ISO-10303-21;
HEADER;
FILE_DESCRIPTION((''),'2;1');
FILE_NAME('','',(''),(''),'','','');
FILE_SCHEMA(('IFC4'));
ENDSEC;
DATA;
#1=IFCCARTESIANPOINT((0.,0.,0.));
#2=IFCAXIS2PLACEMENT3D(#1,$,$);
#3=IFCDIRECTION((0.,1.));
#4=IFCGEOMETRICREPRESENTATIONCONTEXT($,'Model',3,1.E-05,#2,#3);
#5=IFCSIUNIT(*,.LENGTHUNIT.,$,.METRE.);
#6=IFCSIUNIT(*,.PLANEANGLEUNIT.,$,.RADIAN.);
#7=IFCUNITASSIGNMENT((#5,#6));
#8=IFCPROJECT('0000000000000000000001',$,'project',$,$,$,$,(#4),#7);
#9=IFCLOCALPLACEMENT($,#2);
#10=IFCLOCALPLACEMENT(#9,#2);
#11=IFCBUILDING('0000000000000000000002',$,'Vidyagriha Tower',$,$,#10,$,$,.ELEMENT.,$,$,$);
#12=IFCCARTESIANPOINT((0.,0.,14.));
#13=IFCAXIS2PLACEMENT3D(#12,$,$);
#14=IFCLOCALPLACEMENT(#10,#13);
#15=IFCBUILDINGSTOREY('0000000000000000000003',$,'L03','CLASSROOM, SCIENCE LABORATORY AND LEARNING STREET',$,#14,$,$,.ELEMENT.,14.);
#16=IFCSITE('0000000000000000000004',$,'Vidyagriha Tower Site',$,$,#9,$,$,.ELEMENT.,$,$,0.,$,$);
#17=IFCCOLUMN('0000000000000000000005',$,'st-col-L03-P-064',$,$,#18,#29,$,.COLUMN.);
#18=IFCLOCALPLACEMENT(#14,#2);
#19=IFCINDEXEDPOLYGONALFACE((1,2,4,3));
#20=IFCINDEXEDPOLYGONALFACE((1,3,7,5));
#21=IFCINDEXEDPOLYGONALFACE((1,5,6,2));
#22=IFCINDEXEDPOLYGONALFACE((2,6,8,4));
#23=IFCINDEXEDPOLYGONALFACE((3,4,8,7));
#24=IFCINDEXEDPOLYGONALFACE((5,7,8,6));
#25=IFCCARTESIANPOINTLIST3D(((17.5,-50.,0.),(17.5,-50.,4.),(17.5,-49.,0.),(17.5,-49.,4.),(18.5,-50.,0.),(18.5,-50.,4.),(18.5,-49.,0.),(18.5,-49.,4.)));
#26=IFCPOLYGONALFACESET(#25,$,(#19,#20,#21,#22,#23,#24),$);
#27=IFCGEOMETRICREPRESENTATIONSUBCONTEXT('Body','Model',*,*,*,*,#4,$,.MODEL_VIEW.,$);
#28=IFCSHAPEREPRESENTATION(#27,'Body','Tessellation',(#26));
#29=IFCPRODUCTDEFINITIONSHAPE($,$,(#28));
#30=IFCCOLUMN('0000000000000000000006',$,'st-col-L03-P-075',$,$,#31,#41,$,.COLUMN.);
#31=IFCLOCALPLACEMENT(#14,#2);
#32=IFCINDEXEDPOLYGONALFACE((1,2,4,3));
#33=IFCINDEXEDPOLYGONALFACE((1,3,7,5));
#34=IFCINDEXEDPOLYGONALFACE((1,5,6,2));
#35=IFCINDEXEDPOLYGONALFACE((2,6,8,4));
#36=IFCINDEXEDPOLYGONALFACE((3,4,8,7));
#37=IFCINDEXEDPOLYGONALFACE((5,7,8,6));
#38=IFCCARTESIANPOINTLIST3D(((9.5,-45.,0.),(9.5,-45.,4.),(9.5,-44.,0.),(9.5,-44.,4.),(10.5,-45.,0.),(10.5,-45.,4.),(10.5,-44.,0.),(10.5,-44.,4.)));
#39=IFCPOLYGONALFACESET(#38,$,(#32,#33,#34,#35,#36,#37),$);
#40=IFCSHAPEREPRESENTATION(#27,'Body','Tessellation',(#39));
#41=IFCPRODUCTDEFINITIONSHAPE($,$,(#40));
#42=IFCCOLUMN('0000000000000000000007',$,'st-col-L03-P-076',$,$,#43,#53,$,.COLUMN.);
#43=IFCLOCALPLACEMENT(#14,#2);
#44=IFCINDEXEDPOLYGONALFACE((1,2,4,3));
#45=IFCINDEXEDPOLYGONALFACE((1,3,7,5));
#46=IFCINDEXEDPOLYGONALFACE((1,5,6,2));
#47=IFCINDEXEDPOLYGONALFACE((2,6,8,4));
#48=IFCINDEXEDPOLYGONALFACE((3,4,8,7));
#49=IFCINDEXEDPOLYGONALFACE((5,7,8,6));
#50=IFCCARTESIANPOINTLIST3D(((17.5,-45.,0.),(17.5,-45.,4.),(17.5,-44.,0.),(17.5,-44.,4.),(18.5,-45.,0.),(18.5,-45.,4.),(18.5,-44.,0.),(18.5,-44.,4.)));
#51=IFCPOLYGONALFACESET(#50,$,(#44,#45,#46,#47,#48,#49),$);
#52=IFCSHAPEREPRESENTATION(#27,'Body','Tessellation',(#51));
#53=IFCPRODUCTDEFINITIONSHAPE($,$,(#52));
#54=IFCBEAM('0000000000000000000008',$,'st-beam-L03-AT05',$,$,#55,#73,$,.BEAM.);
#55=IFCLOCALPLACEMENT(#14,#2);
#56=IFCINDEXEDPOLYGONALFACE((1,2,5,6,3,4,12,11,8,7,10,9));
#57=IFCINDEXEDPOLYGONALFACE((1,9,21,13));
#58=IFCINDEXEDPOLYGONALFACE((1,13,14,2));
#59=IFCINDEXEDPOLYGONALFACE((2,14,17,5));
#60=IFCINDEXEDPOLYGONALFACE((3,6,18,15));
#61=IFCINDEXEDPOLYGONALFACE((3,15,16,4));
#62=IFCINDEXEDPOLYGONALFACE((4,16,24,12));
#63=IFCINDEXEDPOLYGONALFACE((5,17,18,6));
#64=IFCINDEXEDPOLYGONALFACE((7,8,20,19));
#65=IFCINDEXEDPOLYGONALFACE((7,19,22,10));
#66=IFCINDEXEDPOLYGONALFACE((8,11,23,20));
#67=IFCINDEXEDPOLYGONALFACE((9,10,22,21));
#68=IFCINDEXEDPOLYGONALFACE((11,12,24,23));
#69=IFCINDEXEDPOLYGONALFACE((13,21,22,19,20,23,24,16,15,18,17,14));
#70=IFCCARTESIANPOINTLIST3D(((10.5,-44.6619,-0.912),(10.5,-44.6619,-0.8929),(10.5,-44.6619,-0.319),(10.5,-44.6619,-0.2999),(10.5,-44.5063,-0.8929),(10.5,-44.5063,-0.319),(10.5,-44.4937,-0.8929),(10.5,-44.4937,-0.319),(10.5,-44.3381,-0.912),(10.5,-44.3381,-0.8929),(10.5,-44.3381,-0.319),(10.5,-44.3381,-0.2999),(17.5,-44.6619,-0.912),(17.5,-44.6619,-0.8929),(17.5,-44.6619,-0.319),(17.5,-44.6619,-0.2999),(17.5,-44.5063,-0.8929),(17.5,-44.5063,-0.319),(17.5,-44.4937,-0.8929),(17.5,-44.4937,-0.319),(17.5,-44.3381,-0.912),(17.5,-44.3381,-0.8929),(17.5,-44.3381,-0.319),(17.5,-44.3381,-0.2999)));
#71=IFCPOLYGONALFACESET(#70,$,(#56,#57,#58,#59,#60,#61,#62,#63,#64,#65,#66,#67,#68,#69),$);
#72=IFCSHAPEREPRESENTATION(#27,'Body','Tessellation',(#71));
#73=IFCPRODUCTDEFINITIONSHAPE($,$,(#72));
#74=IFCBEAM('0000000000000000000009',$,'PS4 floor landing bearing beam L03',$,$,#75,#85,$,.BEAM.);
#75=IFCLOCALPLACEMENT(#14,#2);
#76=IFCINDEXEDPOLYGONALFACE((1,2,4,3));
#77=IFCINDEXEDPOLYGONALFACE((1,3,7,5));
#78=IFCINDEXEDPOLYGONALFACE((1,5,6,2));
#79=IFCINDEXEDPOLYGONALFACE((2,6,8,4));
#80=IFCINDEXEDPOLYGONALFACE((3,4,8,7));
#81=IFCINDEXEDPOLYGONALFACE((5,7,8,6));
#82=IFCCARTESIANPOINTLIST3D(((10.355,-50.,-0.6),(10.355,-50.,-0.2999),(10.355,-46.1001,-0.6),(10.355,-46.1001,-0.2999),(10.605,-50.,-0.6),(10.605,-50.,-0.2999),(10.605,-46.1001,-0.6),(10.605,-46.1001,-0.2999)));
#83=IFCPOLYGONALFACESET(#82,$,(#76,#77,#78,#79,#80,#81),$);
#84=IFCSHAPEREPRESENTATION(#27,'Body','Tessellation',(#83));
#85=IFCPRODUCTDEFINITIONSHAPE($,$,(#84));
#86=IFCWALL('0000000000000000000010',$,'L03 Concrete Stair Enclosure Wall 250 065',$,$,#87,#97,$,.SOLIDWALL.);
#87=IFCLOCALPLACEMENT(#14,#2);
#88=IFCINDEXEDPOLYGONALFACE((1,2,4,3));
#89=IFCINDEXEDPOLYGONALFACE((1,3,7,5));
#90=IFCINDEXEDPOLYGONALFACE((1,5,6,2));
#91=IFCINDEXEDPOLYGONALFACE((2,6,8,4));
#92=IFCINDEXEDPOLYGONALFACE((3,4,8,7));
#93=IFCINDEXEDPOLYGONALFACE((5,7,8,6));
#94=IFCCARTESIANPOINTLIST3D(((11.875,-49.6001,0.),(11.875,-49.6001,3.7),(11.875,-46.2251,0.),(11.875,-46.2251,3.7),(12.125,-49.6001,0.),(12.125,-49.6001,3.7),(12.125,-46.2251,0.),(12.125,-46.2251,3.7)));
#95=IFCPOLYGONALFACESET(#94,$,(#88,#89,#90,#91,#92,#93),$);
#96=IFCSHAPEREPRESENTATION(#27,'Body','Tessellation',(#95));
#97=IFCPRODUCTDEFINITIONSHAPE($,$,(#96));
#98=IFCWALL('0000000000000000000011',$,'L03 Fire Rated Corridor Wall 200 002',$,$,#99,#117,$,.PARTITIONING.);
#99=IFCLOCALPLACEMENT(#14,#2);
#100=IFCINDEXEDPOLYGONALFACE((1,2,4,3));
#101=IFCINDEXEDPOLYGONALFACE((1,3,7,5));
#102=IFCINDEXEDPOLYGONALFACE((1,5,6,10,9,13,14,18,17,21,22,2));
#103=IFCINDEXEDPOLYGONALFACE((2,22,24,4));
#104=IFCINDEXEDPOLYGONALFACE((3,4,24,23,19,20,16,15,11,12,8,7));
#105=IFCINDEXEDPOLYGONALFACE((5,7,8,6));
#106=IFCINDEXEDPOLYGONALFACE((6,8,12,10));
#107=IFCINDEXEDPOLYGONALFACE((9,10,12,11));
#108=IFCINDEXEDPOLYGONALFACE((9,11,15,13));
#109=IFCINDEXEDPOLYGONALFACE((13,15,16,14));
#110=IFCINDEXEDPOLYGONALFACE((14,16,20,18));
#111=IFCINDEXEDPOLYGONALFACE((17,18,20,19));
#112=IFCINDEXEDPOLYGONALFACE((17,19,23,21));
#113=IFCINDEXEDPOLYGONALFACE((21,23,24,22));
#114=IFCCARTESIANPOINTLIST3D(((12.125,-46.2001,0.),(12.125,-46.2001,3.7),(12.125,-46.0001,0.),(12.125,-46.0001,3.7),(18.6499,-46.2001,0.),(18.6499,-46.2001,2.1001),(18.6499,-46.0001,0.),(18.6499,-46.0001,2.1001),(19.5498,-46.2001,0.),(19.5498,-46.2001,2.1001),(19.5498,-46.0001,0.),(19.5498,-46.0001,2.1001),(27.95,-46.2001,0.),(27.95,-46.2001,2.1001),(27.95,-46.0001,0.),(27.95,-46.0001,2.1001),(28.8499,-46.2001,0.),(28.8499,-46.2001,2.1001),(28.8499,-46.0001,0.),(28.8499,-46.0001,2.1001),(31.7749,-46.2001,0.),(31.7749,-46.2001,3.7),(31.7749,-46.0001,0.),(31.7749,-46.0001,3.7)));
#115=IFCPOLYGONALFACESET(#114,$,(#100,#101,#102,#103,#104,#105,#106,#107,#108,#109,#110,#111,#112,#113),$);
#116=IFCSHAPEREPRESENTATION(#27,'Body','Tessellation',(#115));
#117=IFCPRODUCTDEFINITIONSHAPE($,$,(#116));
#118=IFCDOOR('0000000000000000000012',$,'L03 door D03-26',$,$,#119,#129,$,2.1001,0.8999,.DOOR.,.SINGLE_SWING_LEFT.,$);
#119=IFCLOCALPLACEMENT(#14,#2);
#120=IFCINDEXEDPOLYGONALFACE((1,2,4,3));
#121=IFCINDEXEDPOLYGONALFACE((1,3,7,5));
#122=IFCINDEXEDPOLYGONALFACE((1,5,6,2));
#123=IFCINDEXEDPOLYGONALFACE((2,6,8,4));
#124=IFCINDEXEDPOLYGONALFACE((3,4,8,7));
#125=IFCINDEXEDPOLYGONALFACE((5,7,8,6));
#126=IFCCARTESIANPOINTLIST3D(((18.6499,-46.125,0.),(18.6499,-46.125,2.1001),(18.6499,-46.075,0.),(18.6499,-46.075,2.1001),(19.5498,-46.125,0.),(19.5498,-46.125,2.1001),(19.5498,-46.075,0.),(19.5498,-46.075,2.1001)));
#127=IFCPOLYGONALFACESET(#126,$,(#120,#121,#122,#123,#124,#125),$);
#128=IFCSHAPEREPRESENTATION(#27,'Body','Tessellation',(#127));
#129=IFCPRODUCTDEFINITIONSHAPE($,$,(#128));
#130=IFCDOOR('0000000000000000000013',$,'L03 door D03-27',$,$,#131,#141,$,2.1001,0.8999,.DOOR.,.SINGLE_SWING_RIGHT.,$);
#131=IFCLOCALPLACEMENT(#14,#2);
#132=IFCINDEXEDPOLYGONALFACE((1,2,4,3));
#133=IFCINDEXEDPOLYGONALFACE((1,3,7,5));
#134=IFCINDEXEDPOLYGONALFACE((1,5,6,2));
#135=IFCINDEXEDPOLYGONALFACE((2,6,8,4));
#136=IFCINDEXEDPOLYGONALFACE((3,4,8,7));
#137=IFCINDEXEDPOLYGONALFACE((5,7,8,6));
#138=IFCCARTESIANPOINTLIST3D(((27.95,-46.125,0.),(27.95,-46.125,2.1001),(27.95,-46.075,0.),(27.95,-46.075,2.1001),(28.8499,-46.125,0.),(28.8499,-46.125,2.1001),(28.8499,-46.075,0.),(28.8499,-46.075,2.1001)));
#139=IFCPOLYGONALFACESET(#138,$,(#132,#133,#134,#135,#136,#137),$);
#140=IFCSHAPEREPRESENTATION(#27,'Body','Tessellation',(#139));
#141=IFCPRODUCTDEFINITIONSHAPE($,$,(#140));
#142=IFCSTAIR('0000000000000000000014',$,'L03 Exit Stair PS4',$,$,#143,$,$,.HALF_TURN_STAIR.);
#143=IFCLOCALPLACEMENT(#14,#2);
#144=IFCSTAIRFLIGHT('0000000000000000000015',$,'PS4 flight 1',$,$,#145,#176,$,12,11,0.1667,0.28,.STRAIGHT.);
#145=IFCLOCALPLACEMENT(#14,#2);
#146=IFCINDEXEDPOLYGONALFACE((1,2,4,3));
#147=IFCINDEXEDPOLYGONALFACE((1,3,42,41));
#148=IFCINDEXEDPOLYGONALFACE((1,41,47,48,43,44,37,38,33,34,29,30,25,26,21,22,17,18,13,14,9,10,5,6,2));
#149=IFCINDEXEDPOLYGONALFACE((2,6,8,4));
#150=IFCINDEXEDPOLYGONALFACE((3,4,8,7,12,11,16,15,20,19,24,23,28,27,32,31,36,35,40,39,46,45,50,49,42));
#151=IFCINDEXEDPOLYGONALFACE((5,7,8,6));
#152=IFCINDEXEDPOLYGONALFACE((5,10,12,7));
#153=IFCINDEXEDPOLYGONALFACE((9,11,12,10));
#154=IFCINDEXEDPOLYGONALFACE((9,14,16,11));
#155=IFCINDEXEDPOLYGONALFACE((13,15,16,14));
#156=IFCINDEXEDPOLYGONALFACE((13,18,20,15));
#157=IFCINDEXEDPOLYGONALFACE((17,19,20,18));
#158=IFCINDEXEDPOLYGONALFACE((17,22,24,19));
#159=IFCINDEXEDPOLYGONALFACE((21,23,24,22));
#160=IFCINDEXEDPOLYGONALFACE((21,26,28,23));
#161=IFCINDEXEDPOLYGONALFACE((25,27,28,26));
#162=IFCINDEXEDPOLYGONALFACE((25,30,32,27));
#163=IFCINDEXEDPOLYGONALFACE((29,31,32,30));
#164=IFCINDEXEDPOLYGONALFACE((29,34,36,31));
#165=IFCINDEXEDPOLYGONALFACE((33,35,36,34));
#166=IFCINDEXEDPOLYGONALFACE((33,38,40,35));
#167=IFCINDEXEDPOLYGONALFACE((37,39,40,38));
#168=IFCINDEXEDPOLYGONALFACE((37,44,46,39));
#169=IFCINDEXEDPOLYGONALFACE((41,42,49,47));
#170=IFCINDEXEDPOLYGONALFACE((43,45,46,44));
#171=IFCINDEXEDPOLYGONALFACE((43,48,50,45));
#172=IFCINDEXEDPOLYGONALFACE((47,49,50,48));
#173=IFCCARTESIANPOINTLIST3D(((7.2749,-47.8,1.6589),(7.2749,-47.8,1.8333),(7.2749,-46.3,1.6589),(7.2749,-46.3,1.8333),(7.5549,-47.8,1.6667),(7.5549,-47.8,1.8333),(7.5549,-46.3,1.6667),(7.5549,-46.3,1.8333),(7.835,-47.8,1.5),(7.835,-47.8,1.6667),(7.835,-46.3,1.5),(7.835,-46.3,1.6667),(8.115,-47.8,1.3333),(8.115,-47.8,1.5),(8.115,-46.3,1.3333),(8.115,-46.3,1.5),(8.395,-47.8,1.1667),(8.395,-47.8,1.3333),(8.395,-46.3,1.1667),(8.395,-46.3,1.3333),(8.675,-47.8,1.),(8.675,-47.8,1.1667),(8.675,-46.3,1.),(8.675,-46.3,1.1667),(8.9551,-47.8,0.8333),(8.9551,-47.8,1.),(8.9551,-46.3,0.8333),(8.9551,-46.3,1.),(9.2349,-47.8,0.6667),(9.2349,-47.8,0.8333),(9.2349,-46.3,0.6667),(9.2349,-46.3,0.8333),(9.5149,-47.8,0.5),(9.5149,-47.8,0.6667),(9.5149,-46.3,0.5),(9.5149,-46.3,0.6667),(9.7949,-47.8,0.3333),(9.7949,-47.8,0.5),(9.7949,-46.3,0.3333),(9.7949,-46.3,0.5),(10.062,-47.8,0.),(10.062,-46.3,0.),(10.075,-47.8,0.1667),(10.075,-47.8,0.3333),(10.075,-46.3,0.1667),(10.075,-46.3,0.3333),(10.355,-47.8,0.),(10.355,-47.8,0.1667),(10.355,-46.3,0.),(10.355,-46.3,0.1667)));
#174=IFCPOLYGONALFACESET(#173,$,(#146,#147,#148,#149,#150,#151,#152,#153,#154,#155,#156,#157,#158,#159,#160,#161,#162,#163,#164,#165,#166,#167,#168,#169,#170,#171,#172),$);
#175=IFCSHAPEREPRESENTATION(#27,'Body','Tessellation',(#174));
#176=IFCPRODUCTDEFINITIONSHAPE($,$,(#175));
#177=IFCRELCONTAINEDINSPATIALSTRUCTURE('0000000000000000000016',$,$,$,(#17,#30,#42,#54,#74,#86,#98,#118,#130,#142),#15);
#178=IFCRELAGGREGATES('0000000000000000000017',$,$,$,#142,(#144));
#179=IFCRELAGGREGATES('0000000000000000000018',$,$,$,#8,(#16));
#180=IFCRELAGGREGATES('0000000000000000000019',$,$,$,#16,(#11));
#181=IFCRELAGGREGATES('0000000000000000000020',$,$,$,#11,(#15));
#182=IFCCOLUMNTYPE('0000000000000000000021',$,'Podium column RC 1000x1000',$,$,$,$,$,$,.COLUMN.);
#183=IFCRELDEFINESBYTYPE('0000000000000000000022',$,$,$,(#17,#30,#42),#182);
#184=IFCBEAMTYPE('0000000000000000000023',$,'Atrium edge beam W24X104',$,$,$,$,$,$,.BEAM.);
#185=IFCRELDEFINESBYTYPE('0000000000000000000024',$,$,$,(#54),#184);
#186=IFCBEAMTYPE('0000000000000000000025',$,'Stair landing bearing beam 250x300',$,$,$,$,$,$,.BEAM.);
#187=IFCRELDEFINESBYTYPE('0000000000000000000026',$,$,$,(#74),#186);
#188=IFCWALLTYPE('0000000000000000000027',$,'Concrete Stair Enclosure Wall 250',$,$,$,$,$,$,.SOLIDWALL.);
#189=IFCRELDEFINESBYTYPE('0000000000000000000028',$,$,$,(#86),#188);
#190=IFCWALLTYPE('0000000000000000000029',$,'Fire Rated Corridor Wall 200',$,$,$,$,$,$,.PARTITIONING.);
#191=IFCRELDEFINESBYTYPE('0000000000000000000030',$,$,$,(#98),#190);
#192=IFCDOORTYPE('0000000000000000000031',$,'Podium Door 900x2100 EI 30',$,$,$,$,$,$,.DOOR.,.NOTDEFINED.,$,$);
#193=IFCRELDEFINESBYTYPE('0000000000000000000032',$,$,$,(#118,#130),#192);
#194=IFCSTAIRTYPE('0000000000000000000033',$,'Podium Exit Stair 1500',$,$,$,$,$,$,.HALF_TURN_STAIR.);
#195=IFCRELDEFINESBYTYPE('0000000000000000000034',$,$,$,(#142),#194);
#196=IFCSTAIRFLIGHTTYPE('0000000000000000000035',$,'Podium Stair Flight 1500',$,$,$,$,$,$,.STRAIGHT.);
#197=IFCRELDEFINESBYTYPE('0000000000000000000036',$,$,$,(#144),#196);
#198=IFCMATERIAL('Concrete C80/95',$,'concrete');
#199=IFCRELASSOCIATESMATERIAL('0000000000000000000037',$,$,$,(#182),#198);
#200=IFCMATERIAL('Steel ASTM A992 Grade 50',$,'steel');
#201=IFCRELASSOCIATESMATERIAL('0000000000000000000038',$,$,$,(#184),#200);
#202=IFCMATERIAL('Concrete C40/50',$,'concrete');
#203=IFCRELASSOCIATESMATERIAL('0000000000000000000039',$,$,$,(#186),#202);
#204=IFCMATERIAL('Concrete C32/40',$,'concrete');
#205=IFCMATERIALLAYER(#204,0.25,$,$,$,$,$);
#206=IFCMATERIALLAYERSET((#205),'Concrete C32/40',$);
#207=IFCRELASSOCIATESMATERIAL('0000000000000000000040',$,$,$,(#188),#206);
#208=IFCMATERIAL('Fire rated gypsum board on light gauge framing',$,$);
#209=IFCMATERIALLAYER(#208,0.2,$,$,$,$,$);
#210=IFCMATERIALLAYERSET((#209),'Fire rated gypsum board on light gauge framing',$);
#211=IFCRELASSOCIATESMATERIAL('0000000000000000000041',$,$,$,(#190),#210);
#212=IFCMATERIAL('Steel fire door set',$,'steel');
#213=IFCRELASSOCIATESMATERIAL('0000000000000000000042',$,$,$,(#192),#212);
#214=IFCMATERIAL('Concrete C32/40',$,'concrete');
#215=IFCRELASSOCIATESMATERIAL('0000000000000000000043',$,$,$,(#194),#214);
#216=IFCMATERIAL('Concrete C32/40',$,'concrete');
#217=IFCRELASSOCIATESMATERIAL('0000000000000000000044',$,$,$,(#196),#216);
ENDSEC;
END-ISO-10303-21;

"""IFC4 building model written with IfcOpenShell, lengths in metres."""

from ifc_helpers import new_model, si_unit, direction, frame, frame_2d, origin, origin_2d, place, context, subcontext, project, spatial, polyline, rectangle, i_section, outline, extrude, material, layer, layer_set, material_profile, profile_set, type_object, element, fill, aggregate, save


model = new_model("IFC4")

# Units and contexts
model_context = context("Model", 3, precision=1e-05, world=origin(), true_north=direction((0.0, 1.0)))
body_context = subcontext(model_context, "Body", "Model", "MODEL_VIEW")
ifc_project = project(units=[si_unit("LENGTHUNIT", "METRE"), si_unit("PLANEANGLEUNIT", "RADIAN")], contexts=[model_context])

# Site, building, storey
site_placement = place(None, origin())
site = spatial("IfcSite", under=ifc_project, at=site_placement, Name="Vidyagriha Tower Site", CompositionType="ELEMENT", RefElevation=0.0)
building_placement = place(site_placement, origin())
building = spatial("IfcBuilding", under=site, at=building_placement, Name="Vidyagriha Tower", CompositionType="ELEMENT")
storey_placement = place(building_placement, frame((0.0, 0.0, 14.0)))
storey = spatial("IfcBuildingStorey", under=building, at=storey_placement, Name="L03", Description="CLASSROOM, SCIENCE LABORATORY AND LEARNING STREET", CompositionType="ELEMENT", Elevation=14.0)

# Columns
ifc_material_1 = material(Name="Concrete C80/95", Category="concrete")
ifc_material_profile_1 = material_profile(ifc_material_1, rectangle(XDim=1.0, YDim=1.0, at=origin_2d()), Name="RC 1000x1000")
ifc_profile_set_1 = profile_set([ifc_material_profile_1], Name="Concrete C80/95")
column_type = type_object("IfcColumnType", Name="Podium column RC 1000x1000", PredefinedType="COLUMN", material=ifc_profile_set_1)
for number, where, name in (
    (1, (18.0, -49.5, 0.0), "st-col-L03-P-064"),
    (2, (10.0, -44.5, 0.0), "st-col-L03-P-075"),
    (3, (18.0, -44.5, 0.0), "st-col-L03-P-076"),
):
    element("IfcColumn", number, at=place(storey_placement, frame(where)), inside=storey, type_object=column_type, Name=name, PredefinedType="COLUMN", context=body_context, shape_type="SweptSolid", body=[
        extrude(rectangle(XDim=1.0, YDim=1.0, at=origin_2d()), origin(), (0.0, 0.0, 1.0), 4.0),
    ])

# Beams
ifc_material_2 = material(Name="Steel ASTM A992 Grade 50", Category="steel")
ifc_material_profile_2 = material_profile(ifc_material_2, i_section(OverallWidth=0.3237, OverallDepth=0.6121, WebThickness=0.0127, FlangeThickness=0.019, at=origin_2d()), Name="W24X104")
ifc_profile_set_2 = profile_set([ifc_material_profile_2], Name="Steel ASTM A992 Grade 50")
beam_type_1 = type_object("IfcBeamType", Name="Atrium edge beam W24X104", PredefinedType="BEAM", material=ifc_profile_set_2)
beam_1_placement = place(storey_placement, frame((10.5, -44.5, -0.606), z_axis=(1.0, 0.0, 0.0), x_axis=(0.0, 1.0, 0.0)))
element("IfcBeam", 4, at=beam_1_placement, inside=storey, type_object=beam_type_1, Name="st-beam-L03-AT05", PredefinedType="BEAM", context=body_context, shape_type="SweptSolid", body=[
    extrude(i_section(OverallWidth=0.3237, OverallDepth=0.6121, WebThickness=0.0127, FlangeThickness=0.019, at=origin_2d()), origin(), (0.0, 0.0, 1.0), 7.0),
])
ifc_material_3 = material(Name="Concrete C40/50", Category="concrete")
ifc_material_profile_3 = material_profile(ifc_material_3, rectangle(XDim=0.25, YDim=0.3, at=origin_2d()), Name="Stair landing bearing beam 250x300")
ifc_profile_set_3 = profile_set([ifc_material_profile_3], Name="Concrete C40/50")
beam_type_2 = type_object("IfcBeamType", Name="Stair landing bearing beam 250x300", PredefinedType="BEAM", material=ifc_profile_set_3)
beam_2_placement = place(storey_placement, frame((10.48, -50.0, -0.45), z_axis=(0.0, 1.0, 0.0), x_axis=(-1.0, 0.0, 0.0)))
element("IfcBeam", 5, at=beam_2_placement, inside=storey, type_object=beam_type_2, Name="PS4 floor landing bearing beam L03", PredefinedType="BEAM", context=body_context, shape_type="SweptSolid", body=[
    extrude(rectangle(XDim=0.25, YDim=0.3, at=origin_2d()), origin(), (0.0, 0.0, 1.0), 3.8999),
])

# Wall
ifc_material_4 = material(Name="Concrete C32/40", Category="concrete")
ifc_layer_1 = layer(ifc_material_4, 0.25)
ifc_layer_set_1 = layer_set([ifc_layer_1], Name="Concrete C32/40")
wall_type_1 = type_object("IfcWallType", Name="Concrete Stair Enclosure Wall 250", PredefinedType="SOLIDWALL", material=ifc_layer_set_1)
wall_1_placement = place(storey_placement, frame((12.0, -49.6001, 0.0), z_axis=(0.0, 0.0, 1.0), x_axis=(0.0, 1.0, 0.0)))
element("IfcWall", 6, at=wall_1_placement, inside=storey, type_object=wall_type_1, Name="L03 Concrete Stair Enclosure Wall 250 065", PredefinedType="SOLIDWALL", context=body_context, shape_type="SweptSolid", body=[
    extrude(rectangle(XDim=3.375, YDim=0.25, at=frame_2d((1.6875, 0.0))), origin(), (0.0, 0.0, 1.0), 3.7),
])

# Wall, openings, doors
ifc_material_5 = material(Name="Fire rated gypsum board on light gauge framing")
ifc_layer_2 = layer(ifc_material_5, 0.2)
ifc_layer_set_2 = layer_set([ifc_layer_2], Name="Fire rated gypsum board on light gauge framing")
wall_type_2 = type_object("IfcWallType", Name="Fire Rated Corridor Wall 200", PredefinedType="PARTITIONING", material=ifc_layer_set_2)
wall_2_placement = place(storey_placement, frame((12.125, -46.1001, 0.0)))
wall_2 = element("IfcWall", 7, at=wall_2_placement, inside=storey, type_object=wall_type_2, Name="L03 Fire Rated Corridor Wall 200 002", PredefinedType="PARTITIONING", context=body_context, shape_type="SweptSolid", body=[
    extrude(rectangle(XDim=19.6499, YDim=0.2, at=frame_2d((9.825, 0.0))), origin(), (0.0, 0.0, 1.0), 3.7),
])
opening_1_placement = place(wall_2_placement, frame((6.5249, 0.0, 0.0)))
opening_1 = element("IfcOpeningElement", 8, at=opening_1_placement, cuts=wall_2, PredefinedType="OPENING", context=body_context, shape_type="SweptSolid", body=[
    extrude(rectangle(XDim=0.8999, YDim=2.1001, at=frame_2d((0.45, 1.05))), frame((0.0, 0.1099, 0.0), z_axis=(0.0, -1.0, 0.0), x_axis=(1.0, 0.0, 0.0)), (0.0, 0.0, 1.0), 0.22),
])
opening_2_placement = place(wall_2_placement, frame((15.825, 0.0, 0.0)))
opening_2 = element("IfcOpeningElement", 9, at=opening_2_placement, cuts=wall_2, PredefinedType="OPENING", context=body_context, shape_type="SweptSolid", body=[
    extrude(rectangle(XDim=0.8999, YDim=2.1001, at=frame_2d((0.45, 1.05))), frame((0.0, 0.1099, 0.0), z_axis=(0.0, -1.0, 0.0), x_axis=(1.0, 0.0, 0.0)), (0.0, 0.0, 1.0), 0.22),
])
ifc_material_6 = material(Name="Steel fire door set", Category="steel")
door_type = type_object("IfcDoorType", Name="Podium Door 900x2100 EI 30", OperationType="NOTDEFINED", PredefinedType="DOOR", material=ifc_material_6)
door_1_placement = place(opening_1_placement, frame((0.8999, 0.0, 0.0), z_axis=(0.0, 0.0, 1.0), x_axis=(-1.0, 0.0, 0.0)))
door_1 = element("IfcDoor", 10, at=door_1_placement, inside=storey, type_object=door_type, Name="L03 door D03-26", OperationType="SINGLE_SWING_LEFT", OverallHeight=2.1001, OverallWidth=0.8999, PredefinedType="DOOR", context=body_context, shape_type="SweptSolid", body=[
    extrude(rectangle(XDim=0.8999, YDim=2.1001, at=frame_2d((0.45, 1.05))), frame((0.0, 0.0249, 0.0), z_axis=(0.0, -1.0, 0.0), x_axis=(1.0, 0.0, 0.0)), (0.0, 0.0, 1.0), 0.05),
])
fill(opening_1, door_1)
door_2_placement = place(opening_2_placement, frame((0.8999, 0.0, 0.0), z_axis=(0.0, 0.0, 1.0), x_axis=(-1.0, 0.0, 0.0)))
door_2 = element("IfcDoor", 11, at=door_2_placement, inside=storey, type_object=door_type, Name="L03 door D03-27", OperationType="SINGLE_SWING_RIGHT", OverallHeight=2.1001, OverallWidth=0.8999, PredefinedType="DOOR", context=body_context, shape_type="SweptSolid", body=[
    extrude(rectangle(XDim=0.8999, YDim=2.1001, at=frame_2d((0.45, 1.05))), frame((0.0, 0.0249, 0.0), z_axis=(0.0, -1.0, 0.0), x_axis=(1.0, 0.0, 0.0)), (0.0, 0.0, 1.0), 0.05),
])
fill(opening_2, door_2)

# Stair, stair flight
ifc_material_7 = material(Name="Concrete C32/40", Category="concrete")
stair_type = type_object("IfcStairType", Name="Podium Exit Stair 1500", PredefinedType="HALF_TURN_STAIR", material=ifc_material_7)
stair_placement = place(storey_placement, origin())
stair = element("IfcStair", 12, at=stair_placement, inside=storey, type_object=stair_type, Name="L03 Exit Stair PS4", PredefinedType="HALF_TURN_STAIR")
ifc_material_8 = material(Name="Concrete C32/40", Category="concrete")
stair_flight_type = type_object("IfcStairFlightType", Name="Podium Stair Flight 1500", PredefinedType="STRAIGHT", material=ifc_material_8)
stair_flight_placement = place(storey_placement, frame((10.355, -47.05, 0.0), z_axis=(0.0, 0.0, 1.0), x_axis=(-1.0, 0.0, 0.0)))
stair_flight = element("IfcStairFlight", 13, at=stair_flight_placement, type_object=stair_flight_type, Name="PS4 flight 1", NumberOfRisers=12, NumberOfTreads=11, PredefinedType="STRAIGHT", RiserHeight=0.1667, TreadLength=0.28, context=body_context, shape_type="SweptSolid", body=[
    extrude(outline(polyline([(0.0, 0.0), (0.0, 0.1667), (0.28, 0.1667), (0.28, 0.3333), (0.5601, 0.3333), (0.5601, 0.5), (0.8401, 0.5), (0.8401, 0.6667), (1.1201, 0.6667), (1.1201, 0.8333), (1.3999, 0.8333), (1.3999, 1.0), (1.6799, 1.0), (1.6799, 1.1667), (1.96, 1.1667), (1.96, 1.3333), (2.24, 1.3333), (2.24, 1.5), (2.52, 1.5), (2.52, 1.6667), (2.8, 1.6667), (2.8, 1.8333), (3.0801, 1.8333), (3.0801, 2.0), (3.0801, 1.6589), (0.293, 0.0), (0.0, 0.0)])), frame((0.0, 0.75, 0.0), z_axis=(0.0, -1.0, 0.0), x_axis=(1.0, 0.0, 0.0)), (0.0, 0.0, 1.0), 1.5),
])
aggregate(stair, [stair_flight])

save(model, "model.ifc")
